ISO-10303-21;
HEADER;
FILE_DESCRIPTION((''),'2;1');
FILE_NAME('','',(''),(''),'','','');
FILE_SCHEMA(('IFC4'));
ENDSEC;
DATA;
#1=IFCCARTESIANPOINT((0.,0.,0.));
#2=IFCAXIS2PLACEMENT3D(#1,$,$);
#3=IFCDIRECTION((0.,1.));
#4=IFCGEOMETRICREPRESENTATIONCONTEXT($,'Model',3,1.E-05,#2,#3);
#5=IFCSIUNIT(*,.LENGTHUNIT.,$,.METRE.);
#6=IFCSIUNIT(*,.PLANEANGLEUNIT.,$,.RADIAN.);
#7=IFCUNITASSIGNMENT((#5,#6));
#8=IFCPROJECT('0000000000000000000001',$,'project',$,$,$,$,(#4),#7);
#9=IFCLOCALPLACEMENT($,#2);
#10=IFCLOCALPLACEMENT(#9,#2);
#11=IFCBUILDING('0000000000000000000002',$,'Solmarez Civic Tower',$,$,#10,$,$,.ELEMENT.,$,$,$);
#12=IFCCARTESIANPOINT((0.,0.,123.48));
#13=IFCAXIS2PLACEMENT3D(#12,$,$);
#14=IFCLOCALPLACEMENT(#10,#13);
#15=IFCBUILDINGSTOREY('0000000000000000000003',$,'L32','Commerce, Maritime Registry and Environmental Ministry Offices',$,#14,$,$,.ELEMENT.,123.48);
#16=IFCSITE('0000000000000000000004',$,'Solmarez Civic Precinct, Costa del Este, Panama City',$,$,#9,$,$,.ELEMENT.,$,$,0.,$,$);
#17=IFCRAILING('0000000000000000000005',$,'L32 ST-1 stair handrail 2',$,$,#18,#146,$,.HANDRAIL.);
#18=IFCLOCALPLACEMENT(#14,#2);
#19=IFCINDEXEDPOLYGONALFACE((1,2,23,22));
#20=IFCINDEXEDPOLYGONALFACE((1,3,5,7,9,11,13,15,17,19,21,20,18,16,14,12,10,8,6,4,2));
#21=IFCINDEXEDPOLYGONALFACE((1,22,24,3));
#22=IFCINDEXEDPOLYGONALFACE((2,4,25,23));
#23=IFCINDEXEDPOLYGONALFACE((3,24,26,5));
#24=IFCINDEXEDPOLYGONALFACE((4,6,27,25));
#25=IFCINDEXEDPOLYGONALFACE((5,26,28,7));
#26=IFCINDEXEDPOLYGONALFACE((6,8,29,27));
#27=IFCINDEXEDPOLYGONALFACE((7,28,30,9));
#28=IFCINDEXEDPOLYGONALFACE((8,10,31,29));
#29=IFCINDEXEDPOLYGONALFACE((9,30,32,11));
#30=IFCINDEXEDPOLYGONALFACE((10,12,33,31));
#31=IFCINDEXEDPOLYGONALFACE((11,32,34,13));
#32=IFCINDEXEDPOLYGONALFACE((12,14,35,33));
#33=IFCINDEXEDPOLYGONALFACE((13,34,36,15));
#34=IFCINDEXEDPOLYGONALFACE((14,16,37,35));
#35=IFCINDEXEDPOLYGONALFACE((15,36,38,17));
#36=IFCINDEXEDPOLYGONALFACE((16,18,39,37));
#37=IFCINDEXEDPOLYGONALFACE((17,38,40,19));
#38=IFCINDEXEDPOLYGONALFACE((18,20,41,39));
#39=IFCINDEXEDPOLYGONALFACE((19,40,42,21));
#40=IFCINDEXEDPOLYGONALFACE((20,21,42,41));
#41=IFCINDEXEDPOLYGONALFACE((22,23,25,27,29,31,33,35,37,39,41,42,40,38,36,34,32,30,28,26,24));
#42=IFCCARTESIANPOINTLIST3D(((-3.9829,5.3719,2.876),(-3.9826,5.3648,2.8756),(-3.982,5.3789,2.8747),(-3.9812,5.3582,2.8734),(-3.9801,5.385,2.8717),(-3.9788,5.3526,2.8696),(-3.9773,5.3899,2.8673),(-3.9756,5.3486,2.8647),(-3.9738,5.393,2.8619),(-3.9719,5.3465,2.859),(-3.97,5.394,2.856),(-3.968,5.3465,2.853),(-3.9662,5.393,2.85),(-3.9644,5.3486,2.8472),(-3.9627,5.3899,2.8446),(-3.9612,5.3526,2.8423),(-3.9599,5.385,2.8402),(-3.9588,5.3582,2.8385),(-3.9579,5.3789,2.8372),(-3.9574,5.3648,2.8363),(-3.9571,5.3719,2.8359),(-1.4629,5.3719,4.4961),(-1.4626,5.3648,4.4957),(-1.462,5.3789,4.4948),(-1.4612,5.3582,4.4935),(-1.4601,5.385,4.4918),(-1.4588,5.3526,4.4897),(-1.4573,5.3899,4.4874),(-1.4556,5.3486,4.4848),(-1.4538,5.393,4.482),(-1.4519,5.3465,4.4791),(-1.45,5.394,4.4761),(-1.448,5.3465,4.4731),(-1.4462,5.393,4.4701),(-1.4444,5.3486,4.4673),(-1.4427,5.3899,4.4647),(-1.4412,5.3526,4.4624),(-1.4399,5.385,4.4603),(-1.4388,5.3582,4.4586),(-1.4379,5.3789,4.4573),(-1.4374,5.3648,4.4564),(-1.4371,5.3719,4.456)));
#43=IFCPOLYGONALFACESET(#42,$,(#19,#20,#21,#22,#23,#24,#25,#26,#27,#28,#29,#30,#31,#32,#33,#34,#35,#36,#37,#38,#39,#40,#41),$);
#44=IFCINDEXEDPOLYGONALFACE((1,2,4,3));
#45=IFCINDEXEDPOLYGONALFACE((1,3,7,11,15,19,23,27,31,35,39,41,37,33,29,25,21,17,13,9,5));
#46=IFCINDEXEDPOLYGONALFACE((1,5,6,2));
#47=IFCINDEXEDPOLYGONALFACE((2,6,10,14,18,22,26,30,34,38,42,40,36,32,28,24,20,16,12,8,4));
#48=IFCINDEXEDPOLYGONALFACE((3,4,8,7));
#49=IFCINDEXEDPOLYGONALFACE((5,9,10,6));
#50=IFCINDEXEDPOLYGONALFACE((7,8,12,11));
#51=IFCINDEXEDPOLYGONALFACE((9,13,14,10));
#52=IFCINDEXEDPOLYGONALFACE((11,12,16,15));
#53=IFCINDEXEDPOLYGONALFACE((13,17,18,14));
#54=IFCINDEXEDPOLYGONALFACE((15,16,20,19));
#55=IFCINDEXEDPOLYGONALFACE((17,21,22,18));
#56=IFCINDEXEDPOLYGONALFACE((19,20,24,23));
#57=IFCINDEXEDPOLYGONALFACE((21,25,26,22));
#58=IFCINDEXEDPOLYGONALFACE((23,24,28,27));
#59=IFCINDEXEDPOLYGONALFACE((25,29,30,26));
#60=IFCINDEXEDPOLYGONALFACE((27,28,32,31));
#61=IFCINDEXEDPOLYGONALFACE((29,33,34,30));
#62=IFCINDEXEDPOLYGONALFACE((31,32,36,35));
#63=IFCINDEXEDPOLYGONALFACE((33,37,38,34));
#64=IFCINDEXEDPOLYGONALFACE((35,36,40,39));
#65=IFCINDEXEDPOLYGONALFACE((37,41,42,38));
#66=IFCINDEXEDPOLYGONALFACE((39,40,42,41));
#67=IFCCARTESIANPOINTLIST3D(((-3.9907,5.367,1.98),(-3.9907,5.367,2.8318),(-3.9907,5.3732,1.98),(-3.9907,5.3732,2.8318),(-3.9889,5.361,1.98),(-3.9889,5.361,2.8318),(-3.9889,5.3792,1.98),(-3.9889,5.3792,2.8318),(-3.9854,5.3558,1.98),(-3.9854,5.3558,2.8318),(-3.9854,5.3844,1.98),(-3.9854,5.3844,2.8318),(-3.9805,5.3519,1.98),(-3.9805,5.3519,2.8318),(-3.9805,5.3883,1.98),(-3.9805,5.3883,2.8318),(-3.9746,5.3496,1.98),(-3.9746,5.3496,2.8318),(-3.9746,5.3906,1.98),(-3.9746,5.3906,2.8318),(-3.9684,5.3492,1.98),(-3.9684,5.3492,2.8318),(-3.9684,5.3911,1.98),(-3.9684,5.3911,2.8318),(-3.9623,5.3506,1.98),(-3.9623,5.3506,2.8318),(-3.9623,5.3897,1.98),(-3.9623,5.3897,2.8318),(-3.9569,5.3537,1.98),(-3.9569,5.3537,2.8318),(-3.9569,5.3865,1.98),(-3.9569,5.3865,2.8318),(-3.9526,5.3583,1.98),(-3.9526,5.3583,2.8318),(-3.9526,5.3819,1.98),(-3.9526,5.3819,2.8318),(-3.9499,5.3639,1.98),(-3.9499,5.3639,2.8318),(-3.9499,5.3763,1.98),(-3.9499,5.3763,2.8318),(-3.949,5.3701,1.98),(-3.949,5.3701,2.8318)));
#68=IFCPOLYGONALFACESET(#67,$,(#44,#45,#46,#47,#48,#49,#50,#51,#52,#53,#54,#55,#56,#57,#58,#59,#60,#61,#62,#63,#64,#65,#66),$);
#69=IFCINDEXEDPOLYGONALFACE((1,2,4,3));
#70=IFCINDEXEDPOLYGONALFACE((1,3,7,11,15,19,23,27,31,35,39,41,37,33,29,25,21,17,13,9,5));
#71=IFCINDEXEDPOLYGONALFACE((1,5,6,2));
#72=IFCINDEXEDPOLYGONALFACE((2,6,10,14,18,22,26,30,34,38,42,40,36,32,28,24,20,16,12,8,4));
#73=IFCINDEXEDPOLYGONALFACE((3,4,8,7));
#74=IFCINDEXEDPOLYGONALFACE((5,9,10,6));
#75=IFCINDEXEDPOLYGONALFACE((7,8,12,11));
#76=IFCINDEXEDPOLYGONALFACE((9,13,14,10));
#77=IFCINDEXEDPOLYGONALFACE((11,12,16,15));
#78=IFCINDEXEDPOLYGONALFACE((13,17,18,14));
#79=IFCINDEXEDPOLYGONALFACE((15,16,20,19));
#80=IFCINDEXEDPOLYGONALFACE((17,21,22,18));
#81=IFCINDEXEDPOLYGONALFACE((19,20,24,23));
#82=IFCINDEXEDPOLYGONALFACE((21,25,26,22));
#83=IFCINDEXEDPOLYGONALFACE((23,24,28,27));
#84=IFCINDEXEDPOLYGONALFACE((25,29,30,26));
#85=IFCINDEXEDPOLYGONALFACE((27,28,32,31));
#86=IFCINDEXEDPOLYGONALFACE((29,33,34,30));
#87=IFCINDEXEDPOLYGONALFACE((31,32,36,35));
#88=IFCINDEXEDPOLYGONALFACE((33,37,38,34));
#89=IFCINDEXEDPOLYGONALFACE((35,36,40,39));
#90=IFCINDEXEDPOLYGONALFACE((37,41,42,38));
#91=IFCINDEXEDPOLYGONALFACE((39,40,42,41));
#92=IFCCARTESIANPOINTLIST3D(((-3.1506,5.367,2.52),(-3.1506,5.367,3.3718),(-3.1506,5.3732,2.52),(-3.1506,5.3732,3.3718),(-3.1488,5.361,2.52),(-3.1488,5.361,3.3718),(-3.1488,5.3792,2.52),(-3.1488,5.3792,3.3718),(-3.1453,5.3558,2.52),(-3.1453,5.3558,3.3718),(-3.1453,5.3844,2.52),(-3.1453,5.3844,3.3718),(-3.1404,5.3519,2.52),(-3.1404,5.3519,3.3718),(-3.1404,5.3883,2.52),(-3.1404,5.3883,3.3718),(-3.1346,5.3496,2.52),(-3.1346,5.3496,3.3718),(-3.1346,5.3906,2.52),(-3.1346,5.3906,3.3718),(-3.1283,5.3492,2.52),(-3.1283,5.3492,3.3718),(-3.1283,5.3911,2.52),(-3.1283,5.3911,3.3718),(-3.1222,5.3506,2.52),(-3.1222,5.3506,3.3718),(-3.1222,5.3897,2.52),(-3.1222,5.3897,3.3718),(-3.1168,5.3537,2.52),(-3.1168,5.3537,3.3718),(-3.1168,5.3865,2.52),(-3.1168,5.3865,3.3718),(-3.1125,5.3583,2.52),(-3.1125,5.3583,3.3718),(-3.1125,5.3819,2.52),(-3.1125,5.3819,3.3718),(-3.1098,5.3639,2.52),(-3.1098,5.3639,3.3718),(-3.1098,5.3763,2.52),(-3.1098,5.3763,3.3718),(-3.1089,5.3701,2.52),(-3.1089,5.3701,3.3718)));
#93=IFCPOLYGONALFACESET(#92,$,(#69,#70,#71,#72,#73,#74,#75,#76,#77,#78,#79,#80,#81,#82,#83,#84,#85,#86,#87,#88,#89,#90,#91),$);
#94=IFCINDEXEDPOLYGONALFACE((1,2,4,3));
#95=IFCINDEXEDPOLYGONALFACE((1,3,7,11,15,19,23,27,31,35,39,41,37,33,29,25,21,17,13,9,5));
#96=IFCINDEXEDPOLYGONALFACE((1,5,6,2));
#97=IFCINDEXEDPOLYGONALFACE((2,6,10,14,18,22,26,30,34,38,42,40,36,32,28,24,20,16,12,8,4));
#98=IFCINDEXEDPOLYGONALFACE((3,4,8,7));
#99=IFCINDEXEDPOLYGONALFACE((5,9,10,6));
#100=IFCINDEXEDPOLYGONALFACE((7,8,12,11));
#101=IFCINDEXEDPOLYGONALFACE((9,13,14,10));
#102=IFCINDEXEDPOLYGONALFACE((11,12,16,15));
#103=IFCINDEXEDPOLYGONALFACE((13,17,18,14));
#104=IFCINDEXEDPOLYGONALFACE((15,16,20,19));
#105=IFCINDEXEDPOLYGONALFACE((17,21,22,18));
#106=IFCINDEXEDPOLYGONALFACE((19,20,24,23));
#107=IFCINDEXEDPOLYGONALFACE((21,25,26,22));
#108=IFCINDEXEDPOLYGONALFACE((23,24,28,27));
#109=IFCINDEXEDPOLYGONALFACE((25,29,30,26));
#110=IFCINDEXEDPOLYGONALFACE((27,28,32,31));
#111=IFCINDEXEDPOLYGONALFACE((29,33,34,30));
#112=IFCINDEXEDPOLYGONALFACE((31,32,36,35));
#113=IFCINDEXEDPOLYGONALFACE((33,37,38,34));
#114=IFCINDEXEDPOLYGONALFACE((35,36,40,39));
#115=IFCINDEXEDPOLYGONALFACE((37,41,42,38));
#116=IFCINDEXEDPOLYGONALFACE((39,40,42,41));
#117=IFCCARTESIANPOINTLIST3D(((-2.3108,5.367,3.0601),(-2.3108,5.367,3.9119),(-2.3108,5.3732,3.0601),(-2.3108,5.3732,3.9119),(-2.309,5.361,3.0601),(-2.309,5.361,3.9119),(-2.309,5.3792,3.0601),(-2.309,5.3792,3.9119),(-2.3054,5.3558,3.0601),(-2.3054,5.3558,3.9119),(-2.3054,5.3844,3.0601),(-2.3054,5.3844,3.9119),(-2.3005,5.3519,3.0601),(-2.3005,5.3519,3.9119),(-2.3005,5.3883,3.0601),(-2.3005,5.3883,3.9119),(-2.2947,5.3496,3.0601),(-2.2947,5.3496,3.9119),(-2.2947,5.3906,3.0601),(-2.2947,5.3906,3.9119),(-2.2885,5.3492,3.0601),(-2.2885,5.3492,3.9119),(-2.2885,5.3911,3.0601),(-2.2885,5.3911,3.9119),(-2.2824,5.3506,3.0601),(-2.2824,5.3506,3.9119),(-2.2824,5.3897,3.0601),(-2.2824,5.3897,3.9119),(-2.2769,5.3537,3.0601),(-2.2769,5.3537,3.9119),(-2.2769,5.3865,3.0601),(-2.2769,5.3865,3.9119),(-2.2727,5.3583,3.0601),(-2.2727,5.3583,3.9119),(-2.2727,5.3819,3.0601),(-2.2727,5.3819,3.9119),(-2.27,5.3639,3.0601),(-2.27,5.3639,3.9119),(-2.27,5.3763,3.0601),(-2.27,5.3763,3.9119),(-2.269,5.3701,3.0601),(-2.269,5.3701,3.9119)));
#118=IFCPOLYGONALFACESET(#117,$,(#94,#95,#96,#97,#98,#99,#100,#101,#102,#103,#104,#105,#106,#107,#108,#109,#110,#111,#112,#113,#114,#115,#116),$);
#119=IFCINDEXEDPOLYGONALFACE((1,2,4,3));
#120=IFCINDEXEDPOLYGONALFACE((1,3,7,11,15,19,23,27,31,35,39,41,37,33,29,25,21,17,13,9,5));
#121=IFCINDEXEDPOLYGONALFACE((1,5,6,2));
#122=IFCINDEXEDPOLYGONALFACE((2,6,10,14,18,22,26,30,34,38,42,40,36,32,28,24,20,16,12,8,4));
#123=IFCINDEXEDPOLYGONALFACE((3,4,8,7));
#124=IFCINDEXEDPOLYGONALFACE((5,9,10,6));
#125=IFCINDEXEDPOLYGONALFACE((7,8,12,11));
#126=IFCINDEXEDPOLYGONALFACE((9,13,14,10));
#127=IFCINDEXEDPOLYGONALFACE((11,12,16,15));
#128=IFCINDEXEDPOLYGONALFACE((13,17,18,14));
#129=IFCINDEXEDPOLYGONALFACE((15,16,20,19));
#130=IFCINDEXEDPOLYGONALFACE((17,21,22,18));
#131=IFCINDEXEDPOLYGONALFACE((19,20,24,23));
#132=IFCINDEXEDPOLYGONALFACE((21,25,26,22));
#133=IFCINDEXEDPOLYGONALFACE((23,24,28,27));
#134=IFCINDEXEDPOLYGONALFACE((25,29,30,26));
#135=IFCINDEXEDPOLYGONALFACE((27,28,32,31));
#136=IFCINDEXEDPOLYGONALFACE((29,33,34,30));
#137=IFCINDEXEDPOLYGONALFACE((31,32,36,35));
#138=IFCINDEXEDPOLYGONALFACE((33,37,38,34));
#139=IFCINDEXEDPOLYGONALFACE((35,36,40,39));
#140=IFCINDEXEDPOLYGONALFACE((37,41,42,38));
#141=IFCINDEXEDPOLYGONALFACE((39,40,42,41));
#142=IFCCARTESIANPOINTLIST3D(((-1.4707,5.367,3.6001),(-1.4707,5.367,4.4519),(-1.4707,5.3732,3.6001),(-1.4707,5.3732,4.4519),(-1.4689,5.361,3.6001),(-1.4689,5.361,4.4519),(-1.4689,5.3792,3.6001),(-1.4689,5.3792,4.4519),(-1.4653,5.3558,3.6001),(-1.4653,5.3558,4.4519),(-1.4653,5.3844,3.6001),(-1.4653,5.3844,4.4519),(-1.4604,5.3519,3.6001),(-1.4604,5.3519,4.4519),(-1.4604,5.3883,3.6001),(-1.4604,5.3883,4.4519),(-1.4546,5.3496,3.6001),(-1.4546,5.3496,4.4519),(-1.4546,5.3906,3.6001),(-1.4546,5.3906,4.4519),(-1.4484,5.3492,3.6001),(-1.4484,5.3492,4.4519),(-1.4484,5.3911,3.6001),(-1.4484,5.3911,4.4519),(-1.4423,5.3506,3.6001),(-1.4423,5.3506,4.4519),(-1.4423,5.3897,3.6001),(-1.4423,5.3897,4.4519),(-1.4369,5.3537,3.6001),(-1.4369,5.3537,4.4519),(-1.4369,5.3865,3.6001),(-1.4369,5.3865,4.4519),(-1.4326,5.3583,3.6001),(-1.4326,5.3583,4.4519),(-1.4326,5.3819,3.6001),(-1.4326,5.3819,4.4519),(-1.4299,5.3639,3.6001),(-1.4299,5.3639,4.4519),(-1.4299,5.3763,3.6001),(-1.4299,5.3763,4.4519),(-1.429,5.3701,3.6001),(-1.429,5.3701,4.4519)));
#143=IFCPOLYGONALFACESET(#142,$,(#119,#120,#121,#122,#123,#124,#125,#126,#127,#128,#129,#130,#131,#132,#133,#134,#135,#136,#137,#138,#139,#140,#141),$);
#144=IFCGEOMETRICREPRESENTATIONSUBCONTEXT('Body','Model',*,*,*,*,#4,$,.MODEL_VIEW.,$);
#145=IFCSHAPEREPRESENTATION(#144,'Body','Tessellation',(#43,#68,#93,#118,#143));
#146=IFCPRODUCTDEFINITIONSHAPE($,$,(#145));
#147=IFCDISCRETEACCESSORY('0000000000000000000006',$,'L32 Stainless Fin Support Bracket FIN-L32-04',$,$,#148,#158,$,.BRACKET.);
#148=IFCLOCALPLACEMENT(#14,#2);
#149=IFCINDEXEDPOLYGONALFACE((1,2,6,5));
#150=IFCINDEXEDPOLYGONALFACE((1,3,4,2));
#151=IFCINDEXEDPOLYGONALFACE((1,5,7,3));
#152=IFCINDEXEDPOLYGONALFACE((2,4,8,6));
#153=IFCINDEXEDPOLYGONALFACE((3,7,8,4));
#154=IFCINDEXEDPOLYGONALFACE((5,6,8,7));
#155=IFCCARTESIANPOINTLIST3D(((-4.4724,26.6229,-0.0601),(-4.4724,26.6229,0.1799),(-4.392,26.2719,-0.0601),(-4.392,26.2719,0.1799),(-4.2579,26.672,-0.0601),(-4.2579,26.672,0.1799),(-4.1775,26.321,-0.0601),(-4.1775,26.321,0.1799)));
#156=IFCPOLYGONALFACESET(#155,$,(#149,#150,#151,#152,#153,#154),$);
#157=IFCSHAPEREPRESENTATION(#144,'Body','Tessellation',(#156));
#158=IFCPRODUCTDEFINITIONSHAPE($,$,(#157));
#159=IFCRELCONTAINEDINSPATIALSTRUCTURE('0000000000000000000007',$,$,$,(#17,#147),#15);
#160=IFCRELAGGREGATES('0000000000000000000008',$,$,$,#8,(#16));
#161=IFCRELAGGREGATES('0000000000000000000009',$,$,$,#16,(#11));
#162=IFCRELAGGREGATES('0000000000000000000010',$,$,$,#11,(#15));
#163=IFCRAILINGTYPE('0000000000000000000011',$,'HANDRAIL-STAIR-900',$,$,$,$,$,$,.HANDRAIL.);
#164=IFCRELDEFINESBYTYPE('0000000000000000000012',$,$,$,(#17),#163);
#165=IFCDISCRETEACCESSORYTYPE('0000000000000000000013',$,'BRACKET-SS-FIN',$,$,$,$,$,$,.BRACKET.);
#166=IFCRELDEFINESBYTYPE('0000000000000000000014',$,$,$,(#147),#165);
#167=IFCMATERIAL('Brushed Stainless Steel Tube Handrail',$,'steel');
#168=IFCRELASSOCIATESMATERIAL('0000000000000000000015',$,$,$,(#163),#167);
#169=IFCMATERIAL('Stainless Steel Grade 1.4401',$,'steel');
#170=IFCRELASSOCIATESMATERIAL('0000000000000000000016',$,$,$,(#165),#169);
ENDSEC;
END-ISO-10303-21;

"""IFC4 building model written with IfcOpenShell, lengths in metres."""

from ifc_helpers import new_model, si_unit, direction, frame, origin, origin_2d, place, context, subcontext, project, spatial, rectangle, circle, extrude, material, type_object, element, save


model = new_model("IFC4")

# Units and contexts
model_context = context("Model", 3, precision=1e-05, world=origin(), true_north=direction((0.0, 1.0)))
body_context = subcontext(model_context, "Body", "Model", "MODEL_VIEW")
ifc_project = project(units=[si_unit("LENGTHUNIT", "METRE"), si_unit("PLANEANGLEUNIT", "RADIAN")], contexts=[model_context])

# Site, building, storey
site_placement = place(None, origin())
site = spatial("IfcSite", under=ifc_project, at=site_placement, Name="Solmarez Civic Precinct, Costa del Este, Panama City", CompositionType="ELEMENT", RefElevation=0.0)
building_placement = place(site_placement, origin())
building = spatial("IfcBuilding", under=site, at=building_placement, Name="Solmarez Civic Tower", CompositionType="ELEMENT")
storey_placement = place(building_placement, frame((0.0, 0.0, 123.48)))
storey = spatial("IfcBuildingStorey", under=building, at=storey_placement, Name="L32", Description="Commerce, Maritime Registry and Environmental Ministry Offices", CompositionType="ELEMENT", Elevation=123.48)

# Railing
ifc_material_1 = material(Name="Brushed Stainless Steel Tube Handrail", Category="steel")
railing_type_1 = type_object("IfcRailingType", Name="HANDRAIL-STAIR-900", PredefinedType="HANDRAIL", material=ifc_material_1)
railing_1_placement = place(storey_placement, frame((-3.97, 5.3701, 1.98)))
element("IfcRailing", 1, at=railing_1_placement, inside=storey, type_object=railing_type_1, Name="L32 ST-1 stair handrail 2", PredefinedType="HANDRAIL", context=body_context, shape_type="SweptSolid", body=[
    extrude(circle(Radius=0.0239, at=origin_2d()), frame((0.0, 0.0, 0.876), z_axis=(0.841163, 0.0, 0.540782), x_axis=(0.0, 1.0, 0.0)), (0.0, 0.0, 1.0), 2.9958),
    extrude(circle(Radius=0.021, at=origin_2d()), origin(), (0.0, 0.0, 1.0), 0.8518),
    extrude(circle(Radius=0.021, at=origin_2d()), frame((0.8401, 0.0, 0.54)), (0.0, 0.0, 1.0), 0.8518),
    extrude(circle(Radius=0.021, at=origin_2d()), frame((1.6799, 0.0, 1.0801)), (0.0, 0.0, 1.0), 0.8518),
    extrude(circle(Radius=0.021, at=origin_2d()), frame((2.52, 0.0, 1.6201)), (0.0, 0.0, 1.0), 0.8518),
])

# Discrete accessory
ifc_material_2 = material(Name="Stainless Steel Grade 1.4401", Category="steel")
discrete_accessory_type = type_object("IfcDiscreteAccessoryType", Name="BRACKET-SS-FIN", PredefinedType="BRACKET", material=ifc_material_2)
discrete_accessory_placement = place(storey_placement, frame((-4.325, 26.4719, -0.0601), z_axis=(0.0, 0.0, 1.0), x_axis=(-0.223287, 0.974753, 0.0)))
element("IfcDiscreteAccessory", 2, at=discrete_accessory_placement, inside=storey, type_object=discrete_accessory_type, Name="L32 Stainless Fin Support Bracket FIN-L32-04", PredefinedType="BRACKET", context=body_context, shape_type="SweptSolid", body=[
    extrude(rectangle(XDim=0.3601, YDim=0.22, at=origin_2d()), origin(), (0.0, 0.0, 1.0), 0.24),
])

save(model, "model.ifc")
